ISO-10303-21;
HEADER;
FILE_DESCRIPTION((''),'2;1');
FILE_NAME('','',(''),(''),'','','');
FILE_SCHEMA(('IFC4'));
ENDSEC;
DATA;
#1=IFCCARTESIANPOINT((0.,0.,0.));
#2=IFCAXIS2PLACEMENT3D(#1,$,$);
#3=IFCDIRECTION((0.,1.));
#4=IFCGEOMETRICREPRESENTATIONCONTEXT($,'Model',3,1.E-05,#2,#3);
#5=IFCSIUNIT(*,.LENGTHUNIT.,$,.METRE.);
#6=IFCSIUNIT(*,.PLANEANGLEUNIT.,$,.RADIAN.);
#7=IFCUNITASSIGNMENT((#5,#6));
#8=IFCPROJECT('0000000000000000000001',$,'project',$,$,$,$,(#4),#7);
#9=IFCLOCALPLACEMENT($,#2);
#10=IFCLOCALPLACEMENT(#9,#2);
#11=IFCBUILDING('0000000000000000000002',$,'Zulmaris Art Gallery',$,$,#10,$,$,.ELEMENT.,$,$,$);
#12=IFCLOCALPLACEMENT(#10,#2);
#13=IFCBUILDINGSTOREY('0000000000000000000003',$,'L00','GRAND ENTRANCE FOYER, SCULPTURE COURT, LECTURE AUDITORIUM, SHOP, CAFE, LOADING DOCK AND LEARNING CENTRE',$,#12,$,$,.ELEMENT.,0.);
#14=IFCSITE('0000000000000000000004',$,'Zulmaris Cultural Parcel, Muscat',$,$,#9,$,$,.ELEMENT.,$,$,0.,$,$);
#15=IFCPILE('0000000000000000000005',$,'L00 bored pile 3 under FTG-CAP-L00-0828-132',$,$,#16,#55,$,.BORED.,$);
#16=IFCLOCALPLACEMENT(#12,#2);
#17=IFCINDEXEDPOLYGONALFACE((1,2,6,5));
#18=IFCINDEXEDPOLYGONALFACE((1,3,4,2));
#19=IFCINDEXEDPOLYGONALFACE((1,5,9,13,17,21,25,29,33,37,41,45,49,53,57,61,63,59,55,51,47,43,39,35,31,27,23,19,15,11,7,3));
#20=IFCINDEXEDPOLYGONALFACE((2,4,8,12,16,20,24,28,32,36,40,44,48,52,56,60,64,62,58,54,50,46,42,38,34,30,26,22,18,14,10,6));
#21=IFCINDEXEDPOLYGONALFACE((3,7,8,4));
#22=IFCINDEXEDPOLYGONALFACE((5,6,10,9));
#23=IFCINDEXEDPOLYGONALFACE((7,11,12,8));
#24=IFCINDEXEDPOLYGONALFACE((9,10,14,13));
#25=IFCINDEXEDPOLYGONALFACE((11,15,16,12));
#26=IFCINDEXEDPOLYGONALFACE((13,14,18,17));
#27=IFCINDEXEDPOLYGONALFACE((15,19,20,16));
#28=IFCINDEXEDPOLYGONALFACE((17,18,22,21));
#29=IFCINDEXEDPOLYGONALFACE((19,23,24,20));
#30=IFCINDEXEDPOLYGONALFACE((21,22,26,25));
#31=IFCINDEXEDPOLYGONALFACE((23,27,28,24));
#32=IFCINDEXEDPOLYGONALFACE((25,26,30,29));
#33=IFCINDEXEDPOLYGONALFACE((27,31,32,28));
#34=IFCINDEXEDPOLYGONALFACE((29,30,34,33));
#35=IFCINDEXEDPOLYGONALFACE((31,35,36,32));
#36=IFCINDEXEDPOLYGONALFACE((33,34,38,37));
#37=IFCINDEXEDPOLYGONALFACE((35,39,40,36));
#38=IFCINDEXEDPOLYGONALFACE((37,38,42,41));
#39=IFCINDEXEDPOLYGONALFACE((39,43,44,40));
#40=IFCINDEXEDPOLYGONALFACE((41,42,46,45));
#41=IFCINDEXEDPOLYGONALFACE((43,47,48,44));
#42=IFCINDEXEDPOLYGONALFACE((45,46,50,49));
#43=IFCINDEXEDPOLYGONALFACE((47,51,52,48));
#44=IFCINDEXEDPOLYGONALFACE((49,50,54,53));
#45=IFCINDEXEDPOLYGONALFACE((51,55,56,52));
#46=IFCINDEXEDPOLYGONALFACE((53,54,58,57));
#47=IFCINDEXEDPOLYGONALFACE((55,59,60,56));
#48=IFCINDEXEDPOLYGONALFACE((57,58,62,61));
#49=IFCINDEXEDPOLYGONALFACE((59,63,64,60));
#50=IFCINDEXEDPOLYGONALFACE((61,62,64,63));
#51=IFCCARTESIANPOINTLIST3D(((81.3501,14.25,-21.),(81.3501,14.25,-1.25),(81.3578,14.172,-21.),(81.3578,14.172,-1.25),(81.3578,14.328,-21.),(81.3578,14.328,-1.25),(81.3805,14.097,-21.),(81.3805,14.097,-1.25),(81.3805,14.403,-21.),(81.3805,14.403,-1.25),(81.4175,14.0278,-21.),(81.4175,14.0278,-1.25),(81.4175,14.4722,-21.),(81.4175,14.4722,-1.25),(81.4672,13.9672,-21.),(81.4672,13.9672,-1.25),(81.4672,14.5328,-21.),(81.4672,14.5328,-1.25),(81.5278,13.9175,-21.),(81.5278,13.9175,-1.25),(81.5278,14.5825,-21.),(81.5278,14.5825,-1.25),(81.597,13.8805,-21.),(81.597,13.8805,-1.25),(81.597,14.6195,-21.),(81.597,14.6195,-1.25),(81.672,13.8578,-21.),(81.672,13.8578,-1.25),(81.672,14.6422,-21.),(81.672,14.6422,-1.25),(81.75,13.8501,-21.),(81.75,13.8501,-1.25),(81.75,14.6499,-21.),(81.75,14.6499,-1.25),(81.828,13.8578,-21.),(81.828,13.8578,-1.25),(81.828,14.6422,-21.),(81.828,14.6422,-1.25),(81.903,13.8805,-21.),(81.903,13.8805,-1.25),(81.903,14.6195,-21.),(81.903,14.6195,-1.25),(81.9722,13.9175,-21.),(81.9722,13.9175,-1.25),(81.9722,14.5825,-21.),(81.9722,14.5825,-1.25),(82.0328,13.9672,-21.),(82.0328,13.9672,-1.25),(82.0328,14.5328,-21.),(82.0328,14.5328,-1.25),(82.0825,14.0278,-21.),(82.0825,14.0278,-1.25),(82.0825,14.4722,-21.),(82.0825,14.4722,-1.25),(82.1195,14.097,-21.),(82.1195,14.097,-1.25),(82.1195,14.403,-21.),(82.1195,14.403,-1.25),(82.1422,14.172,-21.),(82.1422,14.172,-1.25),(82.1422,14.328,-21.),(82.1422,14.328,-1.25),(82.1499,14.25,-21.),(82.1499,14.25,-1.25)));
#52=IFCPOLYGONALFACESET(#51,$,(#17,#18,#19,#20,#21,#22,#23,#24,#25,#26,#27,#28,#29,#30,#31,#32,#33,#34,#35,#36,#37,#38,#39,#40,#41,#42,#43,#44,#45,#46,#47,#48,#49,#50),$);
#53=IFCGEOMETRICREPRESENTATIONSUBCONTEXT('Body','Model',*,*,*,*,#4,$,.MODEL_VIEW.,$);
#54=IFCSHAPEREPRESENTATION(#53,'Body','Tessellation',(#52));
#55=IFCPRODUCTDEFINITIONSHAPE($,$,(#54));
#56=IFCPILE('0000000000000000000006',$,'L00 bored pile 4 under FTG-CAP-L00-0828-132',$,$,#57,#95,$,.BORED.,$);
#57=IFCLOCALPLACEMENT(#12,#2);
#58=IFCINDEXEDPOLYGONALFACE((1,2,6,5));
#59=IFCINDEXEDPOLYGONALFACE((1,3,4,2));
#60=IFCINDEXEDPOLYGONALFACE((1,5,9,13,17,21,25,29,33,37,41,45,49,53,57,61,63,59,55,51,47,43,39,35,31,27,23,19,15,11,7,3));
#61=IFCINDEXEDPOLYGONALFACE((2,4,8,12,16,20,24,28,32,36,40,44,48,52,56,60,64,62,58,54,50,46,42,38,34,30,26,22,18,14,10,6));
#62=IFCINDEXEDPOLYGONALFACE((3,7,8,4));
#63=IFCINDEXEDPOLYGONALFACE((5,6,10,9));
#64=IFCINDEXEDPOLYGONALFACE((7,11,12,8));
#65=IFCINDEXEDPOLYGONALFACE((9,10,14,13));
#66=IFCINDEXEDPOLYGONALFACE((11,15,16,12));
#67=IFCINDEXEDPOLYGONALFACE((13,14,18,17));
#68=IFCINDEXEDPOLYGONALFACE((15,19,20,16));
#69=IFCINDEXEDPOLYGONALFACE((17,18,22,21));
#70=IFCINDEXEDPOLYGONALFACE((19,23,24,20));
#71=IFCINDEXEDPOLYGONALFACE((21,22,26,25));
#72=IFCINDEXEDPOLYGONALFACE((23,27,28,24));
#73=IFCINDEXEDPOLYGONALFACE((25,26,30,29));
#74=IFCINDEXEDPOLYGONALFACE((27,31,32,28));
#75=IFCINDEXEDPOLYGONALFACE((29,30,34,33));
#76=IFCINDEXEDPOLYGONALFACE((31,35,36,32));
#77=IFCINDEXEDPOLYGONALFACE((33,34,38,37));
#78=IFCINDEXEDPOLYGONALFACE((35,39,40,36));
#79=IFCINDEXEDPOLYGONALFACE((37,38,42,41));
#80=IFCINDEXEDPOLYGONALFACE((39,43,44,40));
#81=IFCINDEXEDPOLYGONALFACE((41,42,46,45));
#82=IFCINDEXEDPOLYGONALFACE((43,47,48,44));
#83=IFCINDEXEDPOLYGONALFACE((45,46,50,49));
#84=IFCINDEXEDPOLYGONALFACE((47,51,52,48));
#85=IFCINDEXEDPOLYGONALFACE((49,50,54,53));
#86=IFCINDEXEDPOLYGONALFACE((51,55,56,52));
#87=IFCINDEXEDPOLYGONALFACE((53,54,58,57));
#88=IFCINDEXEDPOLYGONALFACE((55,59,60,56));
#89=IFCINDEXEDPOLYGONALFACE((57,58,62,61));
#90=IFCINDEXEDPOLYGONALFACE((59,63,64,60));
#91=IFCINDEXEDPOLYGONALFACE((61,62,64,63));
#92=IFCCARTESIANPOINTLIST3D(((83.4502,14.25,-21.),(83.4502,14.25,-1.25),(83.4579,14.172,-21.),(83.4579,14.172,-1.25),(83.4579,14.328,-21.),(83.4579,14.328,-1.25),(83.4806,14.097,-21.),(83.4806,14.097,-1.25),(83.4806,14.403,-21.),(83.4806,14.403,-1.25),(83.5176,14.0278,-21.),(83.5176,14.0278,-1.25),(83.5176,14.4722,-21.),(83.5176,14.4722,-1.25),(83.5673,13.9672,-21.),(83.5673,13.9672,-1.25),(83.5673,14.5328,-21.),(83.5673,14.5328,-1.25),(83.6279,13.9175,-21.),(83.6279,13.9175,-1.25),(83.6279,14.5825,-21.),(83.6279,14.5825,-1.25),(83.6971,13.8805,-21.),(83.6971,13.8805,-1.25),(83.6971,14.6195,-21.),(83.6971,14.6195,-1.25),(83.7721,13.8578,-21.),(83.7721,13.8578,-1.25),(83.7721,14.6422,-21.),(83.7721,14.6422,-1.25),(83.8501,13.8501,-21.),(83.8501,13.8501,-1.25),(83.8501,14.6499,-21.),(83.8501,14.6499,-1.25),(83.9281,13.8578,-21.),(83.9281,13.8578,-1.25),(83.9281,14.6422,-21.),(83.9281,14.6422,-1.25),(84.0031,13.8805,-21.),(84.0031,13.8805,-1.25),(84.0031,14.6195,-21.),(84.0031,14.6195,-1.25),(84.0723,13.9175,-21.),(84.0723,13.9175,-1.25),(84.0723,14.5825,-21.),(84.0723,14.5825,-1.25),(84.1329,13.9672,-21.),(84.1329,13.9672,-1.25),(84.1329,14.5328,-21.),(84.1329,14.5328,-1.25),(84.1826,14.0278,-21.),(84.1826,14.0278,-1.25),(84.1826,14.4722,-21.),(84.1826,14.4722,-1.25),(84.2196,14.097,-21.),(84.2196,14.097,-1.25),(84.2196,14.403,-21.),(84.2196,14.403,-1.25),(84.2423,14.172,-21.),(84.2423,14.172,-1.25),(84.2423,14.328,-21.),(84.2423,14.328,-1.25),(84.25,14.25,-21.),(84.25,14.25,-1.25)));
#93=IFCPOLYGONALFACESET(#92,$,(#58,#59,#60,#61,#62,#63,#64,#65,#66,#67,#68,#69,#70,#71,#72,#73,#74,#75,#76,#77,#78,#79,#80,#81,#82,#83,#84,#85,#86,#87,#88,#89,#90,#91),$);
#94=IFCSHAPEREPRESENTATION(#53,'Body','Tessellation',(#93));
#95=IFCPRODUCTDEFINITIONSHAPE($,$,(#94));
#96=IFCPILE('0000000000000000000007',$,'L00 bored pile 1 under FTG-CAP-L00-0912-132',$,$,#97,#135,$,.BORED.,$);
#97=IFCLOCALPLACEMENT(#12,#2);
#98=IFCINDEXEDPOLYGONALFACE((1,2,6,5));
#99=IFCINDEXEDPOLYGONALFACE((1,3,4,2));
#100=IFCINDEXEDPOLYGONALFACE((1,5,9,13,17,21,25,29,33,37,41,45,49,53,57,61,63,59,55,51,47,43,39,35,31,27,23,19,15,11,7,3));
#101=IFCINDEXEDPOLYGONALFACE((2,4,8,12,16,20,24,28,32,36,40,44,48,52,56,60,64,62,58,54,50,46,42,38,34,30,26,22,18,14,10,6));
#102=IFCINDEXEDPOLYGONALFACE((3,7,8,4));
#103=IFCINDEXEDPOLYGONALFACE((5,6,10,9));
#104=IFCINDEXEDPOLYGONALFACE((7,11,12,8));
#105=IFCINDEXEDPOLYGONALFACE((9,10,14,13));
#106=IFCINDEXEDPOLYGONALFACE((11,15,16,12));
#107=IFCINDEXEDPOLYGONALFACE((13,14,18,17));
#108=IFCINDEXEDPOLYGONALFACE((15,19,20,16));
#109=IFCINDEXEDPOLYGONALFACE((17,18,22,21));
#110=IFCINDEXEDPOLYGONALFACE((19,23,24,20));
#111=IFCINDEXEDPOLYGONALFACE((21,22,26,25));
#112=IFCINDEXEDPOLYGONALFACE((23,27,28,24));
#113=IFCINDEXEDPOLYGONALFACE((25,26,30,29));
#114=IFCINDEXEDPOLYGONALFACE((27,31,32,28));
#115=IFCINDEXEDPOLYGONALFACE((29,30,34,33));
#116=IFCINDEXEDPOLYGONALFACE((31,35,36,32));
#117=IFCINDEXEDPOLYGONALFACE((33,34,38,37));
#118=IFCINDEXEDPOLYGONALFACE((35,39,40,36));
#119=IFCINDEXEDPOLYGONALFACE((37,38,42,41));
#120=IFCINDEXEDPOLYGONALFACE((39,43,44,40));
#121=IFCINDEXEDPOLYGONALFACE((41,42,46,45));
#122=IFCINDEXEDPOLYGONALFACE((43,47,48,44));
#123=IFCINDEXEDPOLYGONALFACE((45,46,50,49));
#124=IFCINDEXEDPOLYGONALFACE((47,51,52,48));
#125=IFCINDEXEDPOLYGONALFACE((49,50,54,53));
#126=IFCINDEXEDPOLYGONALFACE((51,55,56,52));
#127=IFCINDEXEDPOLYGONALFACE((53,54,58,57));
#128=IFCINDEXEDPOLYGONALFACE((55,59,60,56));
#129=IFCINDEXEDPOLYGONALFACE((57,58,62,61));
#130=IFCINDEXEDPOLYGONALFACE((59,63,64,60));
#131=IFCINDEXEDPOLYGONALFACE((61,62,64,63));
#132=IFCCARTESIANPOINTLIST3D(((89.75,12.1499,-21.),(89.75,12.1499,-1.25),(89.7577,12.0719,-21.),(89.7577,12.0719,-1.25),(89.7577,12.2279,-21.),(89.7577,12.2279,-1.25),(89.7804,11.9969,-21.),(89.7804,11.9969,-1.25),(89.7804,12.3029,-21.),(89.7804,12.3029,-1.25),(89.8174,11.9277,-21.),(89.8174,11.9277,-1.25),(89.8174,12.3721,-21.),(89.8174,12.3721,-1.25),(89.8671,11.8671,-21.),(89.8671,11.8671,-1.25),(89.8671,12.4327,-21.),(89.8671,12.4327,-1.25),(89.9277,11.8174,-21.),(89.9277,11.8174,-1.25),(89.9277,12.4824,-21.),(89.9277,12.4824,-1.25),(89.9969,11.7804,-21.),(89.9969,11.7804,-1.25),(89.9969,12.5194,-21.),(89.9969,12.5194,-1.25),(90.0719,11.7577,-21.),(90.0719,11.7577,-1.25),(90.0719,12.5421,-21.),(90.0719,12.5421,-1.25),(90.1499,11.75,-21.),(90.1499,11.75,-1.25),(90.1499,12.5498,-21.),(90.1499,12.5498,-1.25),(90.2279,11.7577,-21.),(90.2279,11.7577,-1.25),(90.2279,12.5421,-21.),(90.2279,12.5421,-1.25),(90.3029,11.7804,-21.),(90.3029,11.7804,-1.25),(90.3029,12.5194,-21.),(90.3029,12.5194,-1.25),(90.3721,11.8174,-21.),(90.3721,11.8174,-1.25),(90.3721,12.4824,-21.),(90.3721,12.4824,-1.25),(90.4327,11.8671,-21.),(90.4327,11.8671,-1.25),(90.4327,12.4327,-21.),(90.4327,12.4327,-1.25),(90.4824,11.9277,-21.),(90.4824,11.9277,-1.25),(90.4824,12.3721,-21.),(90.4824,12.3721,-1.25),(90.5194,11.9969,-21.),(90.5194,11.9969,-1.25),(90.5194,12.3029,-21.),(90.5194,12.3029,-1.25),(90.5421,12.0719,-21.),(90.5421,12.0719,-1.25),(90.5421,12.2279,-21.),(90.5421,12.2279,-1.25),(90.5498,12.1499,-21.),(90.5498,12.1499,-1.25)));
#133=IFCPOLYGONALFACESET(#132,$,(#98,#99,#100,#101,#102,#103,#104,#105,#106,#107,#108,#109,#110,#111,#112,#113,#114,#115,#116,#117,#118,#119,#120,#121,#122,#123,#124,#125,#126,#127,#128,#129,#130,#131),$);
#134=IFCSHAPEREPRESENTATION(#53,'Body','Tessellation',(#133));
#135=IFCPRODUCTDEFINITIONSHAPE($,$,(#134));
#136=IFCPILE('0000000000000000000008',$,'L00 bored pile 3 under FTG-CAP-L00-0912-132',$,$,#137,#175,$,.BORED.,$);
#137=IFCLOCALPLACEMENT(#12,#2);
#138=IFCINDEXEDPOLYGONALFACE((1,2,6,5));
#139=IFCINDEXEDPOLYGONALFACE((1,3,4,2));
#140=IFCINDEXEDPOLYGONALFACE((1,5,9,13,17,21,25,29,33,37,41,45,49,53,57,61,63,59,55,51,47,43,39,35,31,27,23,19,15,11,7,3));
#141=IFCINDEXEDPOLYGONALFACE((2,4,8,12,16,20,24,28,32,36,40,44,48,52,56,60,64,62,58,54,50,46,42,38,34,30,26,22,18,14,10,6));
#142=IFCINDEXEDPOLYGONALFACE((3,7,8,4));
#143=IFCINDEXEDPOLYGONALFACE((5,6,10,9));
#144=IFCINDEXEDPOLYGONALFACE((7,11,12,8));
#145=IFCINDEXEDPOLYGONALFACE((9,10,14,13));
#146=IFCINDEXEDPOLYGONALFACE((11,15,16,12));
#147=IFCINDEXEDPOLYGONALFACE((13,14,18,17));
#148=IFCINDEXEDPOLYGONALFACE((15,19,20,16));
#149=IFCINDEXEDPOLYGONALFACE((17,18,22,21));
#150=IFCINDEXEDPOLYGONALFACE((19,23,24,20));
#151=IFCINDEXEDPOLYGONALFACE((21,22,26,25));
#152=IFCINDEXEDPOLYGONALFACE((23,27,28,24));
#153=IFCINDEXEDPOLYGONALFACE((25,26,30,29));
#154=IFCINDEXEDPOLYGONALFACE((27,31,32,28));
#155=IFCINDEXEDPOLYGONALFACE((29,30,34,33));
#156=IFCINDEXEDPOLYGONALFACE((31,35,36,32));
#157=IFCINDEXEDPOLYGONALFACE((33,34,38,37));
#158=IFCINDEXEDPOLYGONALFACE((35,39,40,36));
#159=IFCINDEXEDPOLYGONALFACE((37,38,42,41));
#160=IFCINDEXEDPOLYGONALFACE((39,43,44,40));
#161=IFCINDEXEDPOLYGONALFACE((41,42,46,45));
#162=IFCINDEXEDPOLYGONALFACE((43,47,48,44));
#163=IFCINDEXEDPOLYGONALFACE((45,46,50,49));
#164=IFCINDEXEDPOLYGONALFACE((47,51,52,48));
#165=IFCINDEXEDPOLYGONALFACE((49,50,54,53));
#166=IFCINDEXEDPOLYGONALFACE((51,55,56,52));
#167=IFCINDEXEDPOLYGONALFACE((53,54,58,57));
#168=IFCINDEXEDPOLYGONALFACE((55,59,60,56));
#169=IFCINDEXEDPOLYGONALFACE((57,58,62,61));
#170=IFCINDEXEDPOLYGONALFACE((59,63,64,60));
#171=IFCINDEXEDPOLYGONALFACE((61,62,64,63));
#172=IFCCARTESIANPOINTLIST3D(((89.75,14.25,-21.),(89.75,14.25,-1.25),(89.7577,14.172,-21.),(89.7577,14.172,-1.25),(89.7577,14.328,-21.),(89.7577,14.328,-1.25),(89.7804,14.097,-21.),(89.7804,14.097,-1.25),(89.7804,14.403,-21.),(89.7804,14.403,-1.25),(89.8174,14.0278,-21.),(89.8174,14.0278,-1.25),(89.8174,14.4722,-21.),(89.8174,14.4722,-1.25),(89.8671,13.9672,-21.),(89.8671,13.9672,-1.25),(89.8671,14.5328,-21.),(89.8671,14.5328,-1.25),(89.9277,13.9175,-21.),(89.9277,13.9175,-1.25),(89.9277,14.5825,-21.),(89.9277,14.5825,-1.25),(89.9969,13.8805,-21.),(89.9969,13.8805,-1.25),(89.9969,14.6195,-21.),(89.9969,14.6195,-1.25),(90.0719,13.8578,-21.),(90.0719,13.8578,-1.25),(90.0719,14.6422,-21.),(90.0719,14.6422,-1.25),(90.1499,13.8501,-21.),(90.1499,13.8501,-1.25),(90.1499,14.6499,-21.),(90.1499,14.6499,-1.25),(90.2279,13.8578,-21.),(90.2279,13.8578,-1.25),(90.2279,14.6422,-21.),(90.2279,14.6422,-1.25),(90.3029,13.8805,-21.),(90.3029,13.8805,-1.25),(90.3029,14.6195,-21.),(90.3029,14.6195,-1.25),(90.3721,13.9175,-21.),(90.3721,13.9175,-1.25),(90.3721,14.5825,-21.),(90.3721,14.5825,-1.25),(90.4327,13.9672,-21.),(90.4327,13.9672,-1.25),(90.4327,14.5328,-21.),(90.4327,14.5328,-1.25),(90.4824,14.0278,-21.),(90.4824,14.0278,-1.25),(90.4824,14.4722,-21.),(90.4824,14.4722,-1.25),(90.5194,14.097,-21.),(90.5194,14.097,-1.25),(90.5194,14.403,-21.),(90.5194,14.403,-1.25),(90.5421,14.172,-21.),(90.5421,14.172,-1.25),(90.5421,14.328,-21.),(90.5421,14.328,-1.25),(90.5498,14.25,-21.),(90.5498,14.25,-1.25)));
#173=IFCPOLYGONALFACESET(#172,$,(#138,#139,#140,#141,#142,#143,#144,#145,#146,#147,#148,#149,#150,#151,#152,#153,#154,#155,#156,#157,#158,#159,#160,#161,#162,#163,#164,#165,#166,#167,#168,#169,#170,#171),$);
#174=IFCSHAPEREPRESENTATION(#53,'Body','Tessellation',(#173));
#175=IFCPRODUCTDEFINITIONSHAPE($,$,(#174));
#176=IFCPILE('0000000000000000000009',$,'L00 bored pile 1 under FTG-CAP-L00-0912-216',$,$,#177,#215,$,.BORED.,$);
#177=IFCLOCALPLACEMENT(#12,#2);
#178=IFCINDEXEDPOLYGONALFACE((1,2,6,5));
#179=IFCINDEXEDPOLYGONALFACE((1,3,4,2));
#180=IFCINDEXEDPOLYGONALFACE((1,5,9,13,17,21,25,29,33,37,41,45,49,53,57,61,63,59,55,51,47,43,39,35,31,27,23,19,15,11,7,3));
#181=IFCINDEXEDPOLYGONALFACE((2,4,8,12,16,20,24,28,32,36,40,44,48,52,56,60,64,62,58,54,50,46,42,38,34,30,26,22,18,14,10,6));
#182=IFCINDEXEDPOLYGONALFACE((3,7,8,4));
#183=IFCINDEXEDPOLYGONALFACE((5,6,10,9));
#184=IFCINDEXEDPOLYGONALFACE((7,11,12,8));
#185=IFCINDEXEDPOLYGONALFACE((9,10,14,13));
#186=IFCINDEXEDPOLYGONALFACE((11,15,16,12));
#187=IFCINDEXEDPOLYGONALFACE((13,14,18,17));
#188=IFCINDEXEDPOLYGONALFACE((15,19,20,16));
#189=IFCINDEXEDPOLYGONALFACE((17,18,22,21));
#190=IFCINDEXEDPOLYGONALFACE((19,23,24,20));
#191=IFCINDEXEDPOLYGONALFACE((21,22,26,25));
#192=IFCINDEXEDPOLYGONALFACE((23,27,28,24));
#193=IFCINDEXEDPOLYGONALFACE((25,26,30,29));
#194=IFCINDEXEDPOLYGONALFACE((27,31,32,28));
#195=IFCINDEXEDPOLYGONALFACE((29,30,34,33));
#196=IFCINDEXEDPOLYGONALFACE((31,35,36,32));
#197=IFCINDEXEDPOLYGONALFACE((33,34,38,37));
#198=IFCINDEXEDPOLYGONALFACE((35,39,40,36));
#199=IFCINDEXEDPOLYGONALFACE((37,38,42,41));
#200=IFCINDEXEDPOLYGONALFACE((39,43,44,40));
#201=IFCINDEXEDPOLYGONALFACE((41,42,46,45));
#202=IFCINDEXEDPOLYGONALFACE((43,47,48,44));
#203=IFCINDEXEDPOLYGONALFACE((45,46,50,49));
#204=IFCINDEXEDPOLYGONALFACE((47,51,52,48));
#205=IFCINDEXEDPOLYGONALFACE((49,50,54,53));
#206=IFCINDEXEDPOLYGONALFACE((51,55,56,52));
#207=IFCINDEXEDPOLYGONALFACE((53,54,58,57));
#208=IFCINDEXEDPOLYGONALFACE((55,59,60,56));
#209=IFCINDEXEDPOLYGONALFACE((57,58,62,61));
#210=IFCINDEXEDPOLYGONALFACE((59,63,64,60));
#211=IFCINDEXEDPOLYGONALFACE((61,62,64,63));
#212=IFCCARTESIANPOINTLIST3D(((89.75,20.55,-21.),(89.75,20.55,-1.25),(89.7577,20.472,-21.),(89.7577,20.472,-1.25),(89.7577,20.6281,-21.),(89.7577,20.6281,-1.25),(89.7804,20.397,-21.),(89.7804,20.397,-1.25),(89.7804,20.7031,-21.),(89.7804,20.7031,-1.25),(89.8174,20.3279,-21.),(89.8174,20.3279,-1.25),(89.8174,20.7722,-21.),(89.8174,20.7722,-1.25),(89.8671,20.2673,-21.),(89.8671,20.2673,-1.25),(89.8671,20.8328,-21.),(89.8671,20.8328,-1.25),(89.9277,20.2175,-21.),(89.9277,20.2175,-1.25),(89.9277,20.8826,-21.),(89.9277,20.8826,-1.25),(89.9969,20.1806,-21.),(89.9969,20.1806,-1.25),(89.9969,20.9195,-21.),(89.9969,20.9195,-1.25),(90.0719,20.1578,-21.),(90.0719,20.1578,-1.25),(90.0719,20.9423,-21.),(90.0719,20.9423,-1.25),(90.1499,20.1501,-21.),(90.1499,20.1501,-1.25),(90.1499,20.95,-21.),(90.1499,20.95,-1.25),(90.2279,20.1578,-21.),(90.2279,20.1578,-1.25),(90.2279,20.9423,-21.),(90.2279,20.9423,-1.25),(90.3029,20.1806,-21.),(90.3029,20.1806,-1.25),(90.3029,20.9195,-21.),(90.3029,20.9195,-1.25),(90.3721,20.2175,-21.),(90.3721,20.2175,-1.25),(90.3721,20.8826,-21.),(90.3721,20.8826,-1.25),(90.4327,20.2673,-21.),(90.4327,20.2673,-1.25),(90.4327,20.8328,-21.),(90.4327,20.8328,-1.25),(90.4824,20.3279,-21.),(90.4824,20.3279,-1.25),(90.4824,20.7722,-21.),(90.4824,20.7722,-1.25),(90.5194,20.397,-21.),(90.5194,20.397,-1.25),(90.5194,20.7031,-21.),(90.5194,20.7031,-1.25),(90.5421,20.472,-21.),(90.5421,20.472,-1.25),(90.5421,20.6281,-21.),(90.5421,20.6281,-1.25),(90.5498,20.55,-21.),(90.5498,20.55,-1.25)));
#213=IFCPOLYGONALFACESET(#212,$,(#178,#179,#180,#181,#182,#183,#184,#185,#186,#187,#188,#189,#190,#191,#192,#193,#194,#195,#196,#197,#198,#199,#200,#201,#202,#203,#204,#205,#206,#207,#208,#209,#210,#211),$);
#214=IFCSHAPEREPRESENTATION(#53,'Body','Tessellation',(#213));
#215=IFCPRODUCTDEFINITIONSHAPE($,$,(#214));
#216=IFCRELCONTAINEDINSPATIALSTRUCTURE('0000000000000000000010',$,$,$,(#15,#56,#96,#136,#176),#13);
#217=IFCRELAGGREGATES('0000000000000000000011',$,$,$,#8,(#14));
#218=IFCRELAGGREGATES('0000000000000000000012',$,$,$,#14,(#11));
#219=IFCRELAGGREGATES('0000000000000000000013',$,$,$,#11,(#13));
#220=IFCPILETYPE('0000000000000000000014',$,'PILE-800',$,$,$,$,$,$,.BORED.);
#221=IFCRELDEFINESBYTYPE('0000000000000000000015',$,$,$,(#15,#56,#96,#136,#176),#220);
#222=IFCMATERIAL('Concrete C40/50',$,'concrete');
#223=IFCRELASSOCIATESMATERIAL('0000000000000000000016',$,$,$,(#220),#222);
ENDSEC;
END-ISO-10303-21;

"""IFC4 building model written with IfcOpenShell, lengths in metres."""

from ifc_helpers import new_model, si_unit, direction, frame, origin, origin_2d, place, context, subcontext, project, spatial, circle, extrude, material, material_profile, profile_set, type_object, element, save


model = new_model("IFC4")

# Units and contexts
model_context = context("Model", 3, precision=1e-05, world=origin(), true_north=direction((0.0, 1.0)))
body_context = subcontext(model_context, "Body", "Model", "MODEL_VIEW")
ifc_project = project(units=[si_unit("LENGTHUNIT", "METRE"), si_unit("PLANEANGLEUNIT", "RADIAN")], contexts=[model_context])

# Site, building, storey
site_placement = place(None, origin())
site = spatial("IfcSite", under=ifc_project, at=site_placement, Name="Zulmaris Cultural Parcel, Muscat", CompositionType="ELEMENT", RefElevation=0.0)
building_placement = place(site_placement, origin())
building = spatial("IfcBuilding", under=site, at=building_placement, Name="Zulmaris Art Gallery", CompositionType="ELEMENT")
storey_placement = place(building_placement, origin())
storey = spatial("IfcBuildingStorey", under=building, at=storey_placement, Name="L00", Description="GRAND ENTRANCE FOYER, SCULPTURE COURT, LECTURE AUDITORIUM, SHOP, CAFE, LOADING DOCK AND LEARNING CENTRE", CompositionType="ELEMENT", Elevation=0.0)

# Piles
ifc_material_1 = material(Name="Concrete C40/50", Category="concrete")
ifc_material_profile_1 = material_profile(ifc_material_1, circle(Radius=0.3999, at=origin_2d()), Name="PILE DIA 800")
ifc_profile_set_1 = profile_set([ifc_material_profile_1], Name="Concrete C40/50")
pile_type_1 = type_object("IfcPileType", Name="PILE-800", PredefinedType="BORED", material=ifc_profile_set_1)
for number, where, z_axis, x_axis, name in (
    (1, (81.75, 14.25, -1.25), (0.0, 0.0, -1.0), (1.0, 0.0, 0.0), "L00 bored pile 3 under FTG-CAP-L00-0828-132"),
    (2, (83.8501, 14.25, -1.25), (0.0, 0.0, -1.0), (1.0, 0.0, 0.0), "L00 bored pile 4 under FTG-CAP-L00-0828-132"),
    (3, (90.1499, 12.1499, -1.25), (0.0, 0.0, -1.0), (1.0, 0.0, 0.0), "L00 bored pile 1 under FTG-CAP-L00-0912-132"),
    (4, (90.1499, 14.25, -1.25), (0.0, 0.0, -1.0), (1.0, 0.0, 0.0), "L00 bored pile 3 under FTG-CAP-L00-0912-132"),
    (5, (90.1499, 20.55, -1.25), (0.0, 0.0, -1.0), (1.0, 0.0, 0.0), "L00 bored pile 1 under FTG-CAP-L00-0912-216"),
):
    element("IfcPile", number, at=place(storey_placement, frame(where, z_axis=z_axis, x_axis=x_axis)), inside=storey, type_object=pile_type_1, Name=name, PredefinedType="BORED", context=body_context, shape_type="SweptSolid", body=[
        extrude(circle(Radius=0.3999, at=origin_2d()), origin(), (0.0, 0.0, 1.0), 19.75),
    ])

save(model, "model.ifc")
